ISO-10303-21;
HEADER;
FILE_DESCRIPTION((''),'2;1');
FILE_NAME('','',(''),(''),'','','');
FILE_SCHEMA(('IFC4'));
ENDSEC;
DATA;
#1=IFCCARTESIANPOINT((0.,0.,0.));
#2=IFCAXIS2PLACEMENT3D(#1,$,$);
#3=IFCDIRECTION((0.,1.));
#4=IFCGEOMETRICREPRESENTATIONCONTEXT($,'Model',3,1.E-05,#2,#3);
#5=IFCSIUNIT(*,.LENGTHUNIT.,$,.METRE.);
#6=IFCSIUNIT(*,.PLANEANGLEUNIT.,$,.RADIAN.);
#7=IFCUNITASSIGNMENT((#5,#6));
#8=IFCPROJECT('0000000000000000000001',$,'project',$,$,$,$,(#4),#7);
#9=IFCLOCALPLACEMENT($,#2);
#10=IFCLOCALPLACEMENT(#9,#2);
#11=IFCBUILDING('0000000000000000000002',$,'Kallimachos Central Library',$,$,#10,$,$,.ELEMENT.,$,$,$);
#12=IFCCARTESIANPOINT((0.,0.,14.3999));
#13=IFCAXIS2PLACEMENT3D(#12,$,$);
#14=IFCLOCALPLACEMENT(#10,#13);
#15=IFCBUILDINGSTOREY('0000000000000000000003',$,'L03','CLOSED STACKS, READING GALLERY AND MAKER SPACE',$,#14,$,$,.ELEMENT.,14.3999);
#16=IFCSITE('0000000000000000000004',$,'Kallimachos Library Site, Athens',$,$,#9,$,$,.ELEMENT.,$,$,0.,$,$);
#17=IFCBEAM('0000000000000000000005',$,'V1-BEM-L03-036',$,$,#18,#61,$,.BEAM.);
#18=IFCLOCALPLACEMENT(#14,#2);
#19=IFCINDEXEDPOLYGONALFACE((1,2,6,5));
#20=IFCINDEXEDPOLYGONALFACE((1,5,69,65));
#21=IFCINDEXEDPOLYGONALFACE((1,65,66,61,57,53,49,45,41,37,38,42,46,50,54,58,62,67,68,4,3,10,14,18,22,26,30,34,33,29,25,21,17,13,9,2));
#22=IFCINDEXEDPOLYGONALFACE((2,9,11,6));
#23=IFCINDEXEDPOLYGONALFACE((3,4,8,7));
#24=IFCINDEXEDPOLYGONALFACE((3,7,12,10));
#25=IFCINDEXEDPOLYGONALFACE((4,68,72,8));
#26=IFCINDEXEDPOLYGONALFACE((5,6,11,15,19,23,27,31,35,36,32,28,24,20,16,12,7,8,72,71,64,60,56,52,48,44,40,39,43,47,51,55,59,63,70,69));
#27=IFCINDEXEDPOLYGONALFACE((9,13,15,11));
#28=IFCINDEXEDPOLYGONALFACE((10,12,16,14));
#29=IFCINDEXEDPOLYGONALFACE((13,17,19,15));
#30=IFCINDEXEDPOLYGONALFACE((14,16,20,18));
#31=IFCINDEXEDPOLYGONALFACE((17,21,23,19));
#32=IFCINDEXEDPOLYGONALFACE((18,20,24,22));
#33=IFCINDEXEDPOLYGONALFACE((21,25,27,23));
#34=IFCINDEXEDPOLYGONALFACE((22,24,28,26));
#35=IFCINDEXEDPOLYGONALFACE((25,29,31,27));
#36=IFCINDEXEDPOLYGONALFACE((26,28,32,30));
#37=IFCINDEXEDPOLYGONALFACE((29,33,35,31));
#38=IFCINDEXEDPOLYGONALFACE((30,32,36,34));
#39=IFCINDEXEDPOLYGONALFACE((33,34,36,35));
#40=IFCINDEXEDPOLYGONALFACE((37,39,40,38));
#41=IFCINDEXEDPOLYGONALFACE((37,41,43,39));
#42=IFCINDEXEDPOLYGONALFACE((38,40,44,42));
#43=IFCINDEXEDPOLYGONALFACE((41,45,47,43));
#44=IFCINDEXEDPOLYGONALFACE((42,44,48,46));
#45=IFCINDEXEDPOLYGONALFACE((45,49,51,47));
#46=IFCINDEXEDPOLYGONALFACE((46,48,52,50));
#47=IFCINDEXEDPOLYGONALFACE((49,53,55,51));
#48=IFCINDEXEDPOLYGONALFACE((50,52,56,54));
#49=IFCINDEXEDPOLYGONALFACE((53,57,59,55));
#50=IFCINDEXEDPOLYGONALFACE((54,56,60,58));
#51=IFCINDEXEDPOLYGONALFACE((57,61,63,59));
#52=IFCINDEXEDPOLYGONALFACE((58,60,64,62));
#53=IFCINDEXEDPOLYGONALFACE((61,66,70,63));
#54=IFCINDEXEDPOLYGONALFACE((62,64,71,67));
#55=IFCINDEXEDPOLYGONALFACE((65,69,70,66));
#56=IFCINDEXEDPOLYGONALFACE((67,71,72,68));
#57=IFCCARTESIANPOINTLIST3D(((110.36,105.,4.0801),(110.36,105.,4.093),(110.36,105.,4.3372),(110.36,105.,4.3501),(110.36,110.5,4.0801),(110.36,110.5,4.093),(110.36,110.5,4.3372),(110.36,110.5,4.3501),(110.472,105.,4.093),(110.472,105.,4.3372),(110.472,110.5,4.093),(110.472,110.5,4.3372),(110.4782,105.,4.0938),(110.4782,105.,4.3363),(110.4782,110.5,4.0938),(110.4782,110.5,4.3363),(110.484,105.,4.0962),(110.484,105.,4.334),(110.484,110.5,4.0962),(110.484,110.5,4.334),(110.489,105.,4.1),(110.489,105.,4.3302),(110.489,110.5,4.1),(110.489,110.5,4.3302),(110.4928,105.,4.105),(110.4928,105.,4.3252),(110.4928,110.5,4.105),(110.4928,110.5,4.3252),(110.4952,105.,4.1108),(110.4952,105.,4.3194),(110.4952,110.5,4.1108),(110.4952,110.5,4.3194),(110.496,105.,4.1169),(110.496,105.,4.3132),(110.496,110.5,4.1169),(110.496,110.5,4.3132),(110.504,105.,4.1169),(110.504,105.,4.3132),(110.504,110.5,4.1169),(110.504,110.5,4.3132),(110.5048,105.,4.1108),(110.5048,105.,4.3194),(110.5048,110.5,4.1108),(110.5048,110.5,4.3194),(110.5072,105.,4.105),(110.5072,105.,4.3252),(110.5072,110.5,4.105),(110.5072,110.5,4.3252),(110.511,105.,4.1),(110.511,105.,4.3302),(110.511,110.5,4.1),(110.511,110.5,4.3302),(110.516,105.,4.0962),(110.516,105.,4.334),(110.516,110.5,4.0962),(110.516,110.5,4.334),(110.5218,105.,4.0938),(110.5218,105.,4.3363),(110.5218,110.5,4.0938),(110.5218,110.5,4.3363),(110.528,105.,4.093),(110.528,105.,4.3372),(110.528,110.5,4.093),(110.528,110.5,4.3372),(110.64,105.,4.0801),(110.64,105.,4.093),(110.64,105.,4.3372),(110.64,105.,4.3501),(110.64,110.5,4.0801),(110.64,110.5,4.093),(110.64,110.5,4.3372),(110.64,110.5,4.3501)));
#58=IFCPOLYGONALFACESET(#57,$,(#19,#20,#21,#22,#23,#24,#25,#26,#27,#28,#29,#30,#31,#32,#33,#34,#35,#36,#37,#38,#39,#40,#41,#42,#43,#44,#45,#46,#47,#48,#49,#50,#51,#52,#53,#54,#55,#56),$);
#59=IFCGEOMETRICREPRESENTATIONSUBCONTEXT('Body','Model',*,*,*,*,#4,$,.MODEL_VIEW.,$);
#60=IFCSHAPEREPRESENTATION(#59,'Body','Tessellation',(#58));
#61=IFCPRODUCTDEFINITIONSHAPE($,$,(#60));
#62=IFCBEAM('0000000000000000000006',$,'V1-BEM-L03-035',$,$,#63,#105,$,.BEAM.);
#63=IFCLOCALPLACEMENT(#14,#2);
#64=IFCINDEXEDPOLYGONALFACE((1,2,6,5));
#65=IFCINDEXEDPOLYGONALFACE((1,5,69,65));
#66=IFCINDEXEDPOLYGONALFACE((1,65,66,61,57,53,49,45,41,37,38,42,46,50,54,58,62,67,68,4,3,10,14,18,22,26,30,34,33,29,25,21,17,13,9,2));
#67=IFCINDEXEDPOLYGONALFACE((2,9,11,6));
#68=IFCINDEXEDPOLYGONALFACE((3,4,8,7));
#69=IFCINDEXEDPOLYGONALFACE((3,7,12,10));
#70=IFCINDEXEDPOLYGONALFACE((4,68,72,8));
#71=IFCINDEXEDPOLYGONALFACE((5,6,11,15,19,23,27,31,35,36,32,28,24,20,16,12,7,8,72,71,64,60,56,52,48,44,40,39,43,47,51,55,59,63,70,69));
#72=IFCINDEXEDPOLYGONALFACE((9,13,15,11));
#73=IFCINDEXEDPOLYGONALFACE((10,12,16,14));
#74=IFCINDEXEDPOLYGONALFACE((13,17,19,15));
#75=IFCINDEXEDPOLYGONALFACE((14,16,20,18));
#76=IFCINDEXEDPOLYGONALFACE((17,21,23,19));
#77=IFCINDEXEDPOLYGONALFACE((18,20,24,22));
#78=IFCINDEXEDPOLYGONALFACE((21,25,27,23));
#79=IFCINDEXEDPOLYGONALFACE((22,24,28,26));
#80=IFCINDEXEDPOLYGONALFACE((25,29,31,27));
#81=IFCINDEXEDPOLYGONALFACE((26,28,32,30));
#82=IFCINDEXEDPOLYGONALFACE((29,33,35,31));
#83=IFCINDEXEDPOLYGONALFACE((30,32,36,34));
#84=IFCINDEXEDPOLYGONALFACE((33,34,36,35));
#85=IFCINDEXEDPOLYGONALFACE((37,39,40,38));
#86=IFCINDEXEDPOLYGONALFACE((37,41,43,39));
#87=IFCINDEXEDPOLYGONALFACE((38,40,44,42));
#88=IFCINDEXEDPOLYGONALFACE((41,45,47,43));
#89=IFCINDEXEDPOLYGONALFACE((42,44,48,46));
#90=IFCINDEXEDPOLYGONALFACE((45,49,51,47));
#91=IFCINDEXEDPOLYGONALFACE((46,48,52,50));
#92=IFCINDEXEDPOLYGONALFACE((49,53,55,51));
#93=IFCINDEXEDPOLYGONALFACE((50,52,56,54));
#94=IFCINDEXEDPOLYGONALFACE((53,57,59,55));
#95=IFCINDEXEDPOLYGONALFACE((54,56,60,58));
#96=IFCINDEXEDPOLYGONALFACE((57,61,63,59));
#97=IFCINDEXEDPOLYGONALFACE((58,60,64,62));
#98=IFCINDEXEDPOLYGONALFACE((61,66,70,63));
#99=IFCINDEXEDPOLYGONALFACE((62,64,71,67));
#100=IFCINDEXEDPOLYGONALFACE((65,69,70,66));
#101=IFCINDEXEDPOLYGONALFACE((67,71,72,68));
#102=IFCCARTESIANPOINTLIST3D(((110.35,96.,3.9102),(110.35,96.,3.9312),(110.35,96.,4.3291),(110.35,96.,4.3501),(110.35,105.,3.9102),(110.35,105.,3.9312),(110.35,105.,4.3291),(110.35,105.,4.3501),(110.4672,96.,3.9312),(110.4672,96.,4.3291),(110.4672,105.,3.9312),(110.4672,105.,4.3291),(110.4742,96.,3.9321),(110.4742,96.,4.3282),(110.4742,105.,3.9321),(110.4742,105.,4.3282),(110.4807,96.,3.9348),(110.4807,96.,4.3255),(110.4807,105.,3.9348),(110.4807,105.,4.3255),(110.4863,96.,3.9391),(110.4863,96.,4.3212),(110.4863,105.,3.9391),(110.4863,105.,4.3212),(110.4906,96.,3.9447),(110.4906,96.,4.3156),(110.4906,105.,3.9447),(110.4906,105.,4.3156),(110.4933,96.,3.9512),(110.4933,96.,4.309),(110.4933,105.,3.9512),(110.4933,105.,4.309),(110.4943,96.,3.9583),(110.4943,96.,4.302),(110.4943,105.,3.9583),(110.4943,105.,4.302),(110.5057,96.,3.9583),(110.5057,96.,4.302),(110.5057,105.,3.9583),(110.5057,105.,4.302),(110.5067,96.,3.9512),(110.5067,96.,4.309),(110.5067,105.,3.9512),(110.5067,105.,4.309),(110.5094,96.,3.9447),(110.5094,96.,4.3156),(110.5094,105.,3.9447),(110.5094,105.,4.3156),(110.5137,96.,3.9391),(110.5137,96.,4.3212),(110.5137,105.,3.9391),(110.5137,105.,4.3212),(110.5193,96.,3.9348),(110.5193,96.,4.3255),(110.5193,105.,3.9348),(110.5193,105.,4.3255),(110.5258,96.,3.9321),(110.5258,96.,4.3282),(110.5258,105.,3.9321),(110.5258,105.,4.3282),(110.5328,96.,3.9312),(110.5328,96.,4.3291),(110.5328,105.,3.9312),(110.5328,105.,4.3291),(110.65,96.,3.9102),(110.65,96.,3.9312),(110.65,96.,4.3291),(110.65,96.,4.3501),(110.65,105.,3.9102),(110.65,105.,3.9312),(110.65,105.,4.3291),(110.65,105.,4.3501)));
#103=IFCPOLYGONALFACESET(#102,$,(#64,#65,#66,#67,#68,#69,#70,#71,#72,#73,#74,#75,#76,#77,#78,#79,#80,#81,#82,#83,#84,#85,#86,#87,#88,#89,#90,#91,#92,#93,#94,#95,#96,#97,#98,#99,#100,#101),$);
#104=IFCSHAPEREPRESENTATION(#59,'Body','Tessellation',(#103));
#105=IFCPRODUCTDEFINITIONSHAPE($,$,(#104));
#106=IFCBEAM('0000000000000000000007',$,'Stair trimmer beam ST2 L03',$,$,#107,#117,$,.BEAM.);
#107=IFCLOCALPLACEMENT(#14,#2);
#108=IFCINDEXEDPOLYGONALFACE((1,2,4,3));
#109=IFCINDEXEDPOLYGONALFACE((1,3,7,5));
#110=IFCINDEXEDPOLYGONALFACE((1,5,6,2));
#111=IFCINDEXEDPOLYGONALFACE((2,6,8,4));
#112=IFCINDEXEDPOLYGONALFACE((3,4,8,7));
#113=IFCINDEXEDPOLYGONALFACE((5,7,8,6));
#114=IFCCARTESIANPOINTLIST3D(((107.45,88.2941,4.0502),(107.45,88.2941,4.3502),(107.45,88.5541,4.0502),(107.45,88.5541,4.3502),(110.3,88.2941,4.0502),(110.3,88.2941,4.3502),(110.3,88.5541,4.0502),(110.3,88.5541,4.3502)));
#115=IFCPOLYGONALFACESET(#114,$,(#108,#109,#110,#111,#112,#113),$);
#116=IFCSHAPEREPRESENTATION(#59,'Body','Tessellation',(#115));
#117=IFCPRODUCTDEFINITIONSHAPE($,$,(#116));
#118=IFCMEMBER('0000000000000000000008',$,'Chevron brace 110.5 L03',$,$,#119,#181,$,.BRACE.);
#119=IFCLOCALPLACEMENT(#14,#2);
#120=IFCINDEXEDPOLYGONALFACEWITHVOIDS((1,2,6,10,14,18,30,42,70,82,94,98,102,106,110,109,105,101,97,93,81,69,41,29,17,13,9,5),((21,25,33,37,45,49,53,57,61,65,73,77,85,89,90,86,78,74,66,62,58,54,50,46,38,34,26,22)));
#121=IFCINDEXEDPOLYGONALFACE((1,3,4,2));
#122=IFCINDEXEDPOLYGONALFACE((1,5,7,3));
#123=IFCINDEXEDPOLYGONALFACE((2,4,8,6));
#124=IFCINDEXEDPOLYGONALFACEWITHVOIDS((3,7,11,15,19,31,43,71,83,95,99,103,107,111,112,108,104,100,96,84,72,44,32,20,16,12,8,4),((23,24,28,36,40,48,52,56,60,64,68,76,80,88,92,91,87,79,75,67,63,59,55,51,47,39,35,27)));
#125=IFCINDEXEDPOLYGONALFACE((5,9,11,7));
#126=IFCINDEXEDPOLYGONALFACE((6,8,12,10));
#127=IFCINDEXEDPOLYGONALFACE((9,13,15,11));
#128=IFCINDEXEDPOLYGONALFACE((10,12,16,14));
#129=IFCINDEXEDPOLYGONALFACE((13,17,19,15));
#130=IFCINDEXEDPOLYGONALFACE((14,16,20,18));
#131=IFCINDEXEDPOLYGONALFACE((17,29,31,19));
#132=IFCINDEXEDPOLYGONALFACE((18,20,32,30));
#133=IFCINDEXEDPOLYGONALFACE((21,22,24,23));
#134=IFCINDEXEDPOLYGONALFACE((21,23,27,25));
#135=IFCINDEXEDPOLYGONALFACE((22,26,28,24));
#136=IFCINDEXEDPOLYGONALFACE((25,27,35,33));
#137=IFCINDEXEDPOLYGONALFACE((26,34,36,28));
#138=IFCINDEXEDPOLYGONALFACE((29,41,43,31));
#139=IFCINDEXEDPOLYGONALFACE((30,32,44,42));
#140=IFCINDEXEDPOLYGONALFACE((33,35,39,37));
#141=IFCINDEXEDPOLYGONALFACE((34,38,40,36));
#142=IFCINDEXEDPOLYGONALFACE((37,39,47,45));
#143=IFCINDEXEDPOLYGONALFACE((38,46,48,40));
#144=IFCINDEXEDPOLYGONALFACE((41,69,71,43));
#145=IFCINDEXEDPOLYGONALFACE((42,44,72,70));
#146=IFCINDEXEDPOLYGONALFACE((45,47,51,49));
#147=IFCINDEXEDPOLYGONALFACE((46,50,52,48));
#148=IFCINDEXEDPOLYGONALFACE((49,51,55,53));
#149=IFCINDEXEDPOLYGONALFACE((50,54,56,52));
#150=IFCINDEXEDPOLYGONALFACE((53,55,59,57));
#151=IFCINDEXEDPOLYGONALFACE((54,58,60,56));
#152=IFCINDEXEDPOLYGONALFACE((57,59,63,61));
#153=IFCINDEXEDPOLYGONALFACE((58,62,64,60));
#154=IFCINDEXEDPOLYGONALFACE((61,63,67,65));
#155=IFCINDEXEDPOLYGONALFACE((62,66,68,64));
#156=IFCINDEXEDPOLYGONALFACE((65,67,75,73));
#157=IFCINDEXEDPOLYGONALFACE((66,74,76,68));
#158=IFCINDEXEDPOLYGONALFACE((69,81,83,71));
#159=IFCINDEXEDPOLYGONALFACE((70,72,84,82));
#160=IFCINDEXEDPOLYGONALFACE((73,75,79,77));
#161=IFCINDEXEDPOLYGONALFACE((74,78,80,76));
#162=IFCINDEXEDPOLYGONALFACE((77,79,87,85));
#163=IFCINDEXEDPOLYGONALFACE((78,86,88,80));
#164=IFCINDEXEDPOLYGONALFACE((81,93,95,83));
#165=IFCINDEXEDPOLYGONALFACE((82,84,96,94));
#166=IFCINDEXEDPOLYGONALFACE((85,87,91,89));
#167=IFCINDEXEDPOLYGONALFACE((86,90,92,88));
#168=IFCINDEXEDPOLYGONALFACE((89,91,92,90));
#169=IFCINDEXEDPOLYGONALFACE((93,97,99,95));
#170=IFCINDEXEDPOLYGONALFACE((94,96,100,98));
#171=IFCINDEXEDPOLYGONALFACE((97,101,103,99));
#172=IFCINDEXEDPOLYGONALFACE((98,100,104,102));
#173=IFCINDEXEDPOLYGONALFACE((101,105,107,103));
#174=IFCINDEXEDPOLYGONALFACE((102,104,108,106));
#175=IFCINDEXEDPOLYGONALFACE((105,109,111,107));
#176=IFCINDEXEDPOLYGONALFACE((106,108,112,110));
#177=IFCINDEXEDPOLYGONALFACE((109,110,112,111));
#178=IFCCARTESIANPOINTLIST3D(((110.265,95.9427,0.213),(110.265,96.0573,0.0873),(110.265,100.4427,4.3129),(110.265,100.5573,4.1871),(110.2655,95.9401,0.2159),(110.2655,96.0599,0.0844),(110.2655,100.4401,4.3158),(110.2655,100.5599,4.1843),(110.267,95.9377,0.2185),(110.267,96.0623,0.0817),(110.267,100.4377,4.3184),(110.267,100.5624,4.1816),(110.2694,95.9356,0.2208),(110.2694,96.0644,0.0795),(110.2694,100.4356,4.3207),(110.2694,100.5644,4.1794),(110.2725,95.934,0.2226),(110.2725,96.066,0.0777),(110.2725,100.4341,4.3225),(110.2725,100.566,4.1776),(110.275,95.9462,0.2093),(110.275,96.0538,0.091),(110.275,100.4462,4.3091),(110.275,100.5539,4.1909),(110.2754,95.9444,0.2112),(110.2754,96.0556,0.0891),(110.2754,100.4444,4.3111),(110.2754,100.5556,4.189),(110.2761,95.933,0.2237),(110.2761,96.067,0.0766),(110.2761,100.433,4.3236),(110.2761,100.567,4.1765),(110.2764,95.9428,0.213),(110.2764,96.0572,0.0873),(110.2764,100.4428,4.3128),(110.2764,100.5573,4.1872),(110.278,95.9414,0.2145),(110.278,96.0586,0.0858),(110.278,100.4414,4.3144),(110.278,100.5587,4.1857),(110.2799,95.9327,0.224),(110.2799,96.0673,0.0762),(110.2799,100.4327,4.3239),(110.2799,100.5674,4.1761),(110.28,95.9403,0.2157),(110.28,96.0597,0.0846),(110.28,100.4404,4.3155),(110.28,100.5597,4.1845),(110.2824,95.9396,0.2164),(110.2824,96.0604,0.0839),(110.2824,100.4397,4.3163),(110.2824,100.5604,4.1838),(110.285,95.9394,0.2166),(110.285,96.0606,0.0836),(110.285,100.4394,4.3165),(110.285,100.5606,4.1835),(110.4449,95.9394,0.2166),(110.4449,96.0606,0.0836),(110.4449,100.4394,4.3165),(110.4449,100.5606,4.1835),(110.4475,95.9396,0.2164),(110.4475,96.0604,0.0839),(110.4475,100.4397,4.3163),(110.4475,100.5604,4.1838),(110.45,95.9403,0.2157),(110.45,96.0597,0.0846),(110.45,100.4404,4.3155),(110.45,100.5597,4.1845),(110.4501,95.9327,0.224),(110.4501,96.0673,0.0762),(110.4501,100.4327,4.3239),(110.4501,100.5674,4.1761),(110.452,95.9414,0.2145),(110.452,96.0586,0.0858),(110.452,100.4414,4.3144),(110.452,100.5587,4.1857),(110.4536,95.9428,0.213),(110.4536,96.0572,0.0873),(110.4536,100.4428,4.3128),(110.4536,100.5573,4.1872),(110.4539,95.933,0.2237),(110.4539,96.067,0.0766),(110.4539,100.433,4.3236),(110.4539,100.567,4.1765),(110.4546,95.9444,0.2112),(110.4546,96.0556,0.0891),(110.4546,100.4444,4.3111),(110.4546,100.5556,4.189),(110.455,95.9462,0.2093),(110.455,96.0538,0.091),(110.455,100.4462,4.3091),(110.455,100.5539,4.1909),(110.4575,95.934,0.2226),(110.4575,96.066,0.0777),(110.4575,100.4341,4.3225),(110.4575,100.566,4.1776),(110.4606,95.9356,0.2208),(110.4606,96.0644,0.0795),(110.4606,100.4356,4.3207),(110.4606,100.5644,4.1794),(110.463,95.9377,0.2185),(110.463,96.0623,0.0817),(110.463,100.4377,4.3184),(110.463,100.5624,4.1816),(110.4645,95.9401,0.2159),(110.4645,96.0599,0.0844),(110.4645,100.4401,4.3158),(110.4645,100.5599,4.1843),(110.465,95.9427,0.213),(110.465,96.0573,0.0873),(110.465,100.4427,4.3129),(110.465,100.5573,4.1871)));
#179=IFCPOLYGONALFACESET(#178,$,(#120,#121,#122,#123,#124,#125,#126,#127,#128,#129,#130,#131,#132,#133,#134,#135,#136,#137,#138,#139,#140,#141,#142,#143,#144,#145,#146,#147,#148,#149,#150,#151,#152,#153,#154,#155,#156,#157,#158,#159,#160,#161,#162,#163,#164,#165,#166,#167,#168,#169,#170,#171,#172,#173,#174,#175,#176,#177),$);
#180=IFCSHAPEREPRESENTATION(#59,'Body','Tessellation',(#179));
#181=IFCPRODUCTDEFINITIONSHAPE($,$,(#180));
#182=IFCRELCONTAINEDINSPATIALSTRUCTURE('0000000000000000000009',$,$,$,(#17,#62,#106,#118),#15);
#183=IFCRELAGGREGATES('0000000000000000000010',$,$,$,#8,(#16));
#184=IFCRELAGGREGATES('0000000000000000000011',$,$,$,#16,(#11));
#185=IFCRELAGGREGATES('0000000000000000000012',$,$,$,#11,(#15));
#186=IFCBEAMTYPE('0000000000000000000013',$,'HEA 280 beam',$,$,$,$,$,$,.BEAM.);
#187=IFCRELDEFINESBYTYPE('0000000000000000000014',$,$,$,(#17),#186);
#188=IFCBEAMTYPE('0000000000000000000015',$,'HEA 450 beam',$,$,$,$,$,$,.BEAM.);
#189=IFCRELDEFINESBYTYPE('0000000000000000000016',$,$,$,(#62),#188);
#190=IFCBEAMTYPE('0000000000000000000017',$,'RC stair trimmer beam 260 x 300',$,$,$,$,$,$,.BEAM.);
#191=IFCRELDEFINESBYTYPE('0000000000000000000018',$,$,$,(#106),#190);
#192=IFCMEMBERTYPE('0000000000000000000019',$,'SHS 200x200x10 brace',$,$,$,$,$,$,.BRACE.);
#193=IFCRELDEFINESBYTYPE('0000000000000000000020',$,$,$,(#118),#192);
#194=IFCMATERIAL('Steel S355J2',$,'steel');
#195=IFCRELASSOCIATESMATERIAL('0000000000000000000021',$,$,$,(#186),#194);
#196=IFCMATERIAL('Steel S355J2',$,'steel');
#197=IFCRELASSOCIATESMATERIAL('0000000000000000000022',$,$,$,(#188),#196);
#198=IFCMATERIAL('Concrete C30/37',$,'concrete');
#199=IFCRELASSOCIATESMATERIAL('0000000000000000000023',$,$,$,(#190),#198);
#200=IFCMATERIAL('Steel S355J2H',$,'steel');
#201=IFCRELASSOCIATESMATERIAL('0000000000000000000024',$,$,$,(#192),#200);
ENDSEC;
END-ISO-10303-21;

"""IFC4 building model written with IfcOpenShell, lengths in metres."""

from ifc_helpers import new_model, si_unit, direction, frame, origin, origin_2d, place, context, subcontext, project, spatial, rectangle, hollow_rectangle, i_section, extrude, material, material_profile, profile_set, type_object, element, save


model = new_model("IFC4")

# Units and contexts
model_context = context("Model", 3, precision=1e-05, world=origin(), true_north=direction((0.0, 1.0)))
body_context = subcontext(model_context, "Body", "Model", "MODEL_VIEW")
ifc_project = project(units=[si_unit("LENGTHUNIT", "METRE"), si_unit("PLANEANGLEUNIT", "RADIAN")], contexts=[model_context])

# Site, building, storey
site_placement = place(None, origin())
site = spatial("IfcSite", under=ifc_project, at=site_placement, Name="Kallimachos Library Site, Athens", CompositionType="ELEMENT", RefElevation=0.0)
building_placement = place(site_placement, origin())
building = spatial("IfcBuilding", under=site, at=building_placement, Name="Kallimachos Central Library", CompositionType="ELEMENT")
storey_placement = place(building_placement, frame((0.0, 0.0, 14.3999)))
storey = spatial("IfcBuildingStorey", under=building, at=storey_placement, Name="L03", Description="CLOSED STACKS, READING GALLERY AND MAKER SPACE", CompositionType="ELEMENT", Elevation=14.3999)

# Beams
ifc_material_1 = material(Name="Steel S355J2", Category="steel")
ifc_material_profile_1 = material_profile(ifc_material_1, i_section(OverallWidth=0.28, OverallDepth=0.27, WebThickness=0.0081, FlangeThickness=0.0129, FilletRadius=0.0239, at=origin_2d()), Name="HEA 280")
ifc_profile_set_1 = profile_set([ifc_material_profile_1], Name="Steel S355J2")
beam_type_1 = type_object("IfcBeamType", Name="HEA 280 beam", PredefinedType="BEAM", material=ifc_profile_set_1)
beam_1_placement = place(storey_placement, frame((110.5, 105.0, 4.2151), z_axis=(0.0, 1.0, 0.0), x_axis=(-1.0, 0.0, 0.0)))
element("IfcBeam", 1, at=beam_1_placement, inside=storey, type_object=beam_type_1, Name="V1-BEM-L03-036", PredefinedType="BEAM", context=body_context, shape_type="SweptSolid", body=[
    extrude(i_section(OverallWidth=0.28, OverallDepth=0.27, WebThickness=0.0081, FlangeThickness=0.0129, FilletRadius=0.0239, at=origin_2d()), origin(), (0.0, 0.0, 1.0), 5.5),
])
ifc_material_2 = material(Name="Steel S355J2", Category="steel")
ifc_material_profile_2 = material_profile(ifc_material_2, i_section(OverallWidth=0.3, OverallDepth=0.4399, WebThickness=0.0115, FlangeThickness=0.021, FilletRadius=0.0271, at=origin_2d()), Name="HEA 450")
ifc_profile_set_2 = profile_set([ifc_material_profile_2], Name="Steel S355J2")
beam_type_2 = type_object("IfcBeamType", Name="HEA 450 beam", PredefinedType="BEAM", material=ifc_profile_set_2)
beam_2_placement = place(storey_placement, frame((110.5, 96.0, 4.1301), z_axis=(0.0, 1.0, 0.0), x_axis=(-1.0, 0.0, 0.0)))
element("IfcBeam", 2, at=beam_2_placement, inside=storey, type_object=beam_type_2, Name="V1-BEM-L03-035", PredefinedType="BEAM", context=body_context, shape_type="SweptSolid", body=[
    extrude(i_section(OverallWidth=0.3, OverallDepth=0.4399, WebThickness=0.0115, FlangeThickness=0.021, FilletRadius=0.0271, at=origin_2d()), origin(), (0.0, 0.0, 1.0), 9.0),
])
ifc_material_3 = material(Name="Concrete C30/37", Category="concrete")
ifc_material_profile_3 = material_profile(ifc_material_3, rectangle(XDim=0.26, YDim=0.3, at=origin_2d()), Name="RC stair trimmer beam 260 x 300")
ifc_profile_set_3 = profile_set([ifc_material_profile_3], Name="Concrete C30/37")
beam_type_3 = type_object("IfcBeamType", Name="RC stair trimmer beam 260 x 300", PredefinedType="BEAM", material=ifc_profile_set_3)
beam_3_placement = place(storey_placement, frame((110.3, 88.4241, 4.2002), z_axis=(-1.0, 0.0, 0.0), x_axis=(0.0, -1.0, 0.0)))
element("IfcBeam", 3, at=beam_3_placement, inside=storey, type_object=beam_type_3, Name="Stair trimmer beam ST2 L03", PredefinedType="BEAM", context=body_context, shape_type="SweptSolid", body=[
    extrude(rectangle(XDim=0.26, YDim=0.3, at=origin_2d()), origin(), (0.0, 0.0, 1.0), 2.8501),
])

# Member
ifc_material_4 = material(Name="Steel S355J2H", Category="steel")
ifc_material_profile_4 = material_profile(ifc_material_4, hollow_rectangle(XDim=0.2, YDim=0.2, WallThickness=0.01, InnerFilletRadius=0.01, OuterFilletRadius=0.0149, at=origin_2d()), Name="SHS 200x200x10")
ifc_profile_set_4 = profile_set([ifc_material_profile_4], Name="Steel S355J2H")
member_type = type_object("IfcMemberType", Name="SHS 200x200x10 brace", PredefinedType="BRACE", material=ifc_profile_set_4)
for number, where, z_axis, x_axis, name in (
    (4, (110.365, 96.0, 0.1501), (0.0, 0.739208, 0.673477), (-1.0, 0.0, 0.0), "Chevron brace 110.5 L03"),
):
    element("IfcMember", number, at=place(storey_placement, frame(where, z_axis=z_axis, x_axis=x_axis)), inside=storey, type_object=member_type, Name=name, PredefinedType="BRACE", context=body_context, shape_type="SweptSolid", body=[
        extrude(hollow_rectangle(XDim=0.2, YDim=0.2, WallThickness=0.01, InnerFilletRadius=0.01, OuterFilletRadius=0.0149, at=origin_2d()), origin(), (0.0, 0.0, 1.0), 6.0876),
    ])

save(model, "model.ifc")
